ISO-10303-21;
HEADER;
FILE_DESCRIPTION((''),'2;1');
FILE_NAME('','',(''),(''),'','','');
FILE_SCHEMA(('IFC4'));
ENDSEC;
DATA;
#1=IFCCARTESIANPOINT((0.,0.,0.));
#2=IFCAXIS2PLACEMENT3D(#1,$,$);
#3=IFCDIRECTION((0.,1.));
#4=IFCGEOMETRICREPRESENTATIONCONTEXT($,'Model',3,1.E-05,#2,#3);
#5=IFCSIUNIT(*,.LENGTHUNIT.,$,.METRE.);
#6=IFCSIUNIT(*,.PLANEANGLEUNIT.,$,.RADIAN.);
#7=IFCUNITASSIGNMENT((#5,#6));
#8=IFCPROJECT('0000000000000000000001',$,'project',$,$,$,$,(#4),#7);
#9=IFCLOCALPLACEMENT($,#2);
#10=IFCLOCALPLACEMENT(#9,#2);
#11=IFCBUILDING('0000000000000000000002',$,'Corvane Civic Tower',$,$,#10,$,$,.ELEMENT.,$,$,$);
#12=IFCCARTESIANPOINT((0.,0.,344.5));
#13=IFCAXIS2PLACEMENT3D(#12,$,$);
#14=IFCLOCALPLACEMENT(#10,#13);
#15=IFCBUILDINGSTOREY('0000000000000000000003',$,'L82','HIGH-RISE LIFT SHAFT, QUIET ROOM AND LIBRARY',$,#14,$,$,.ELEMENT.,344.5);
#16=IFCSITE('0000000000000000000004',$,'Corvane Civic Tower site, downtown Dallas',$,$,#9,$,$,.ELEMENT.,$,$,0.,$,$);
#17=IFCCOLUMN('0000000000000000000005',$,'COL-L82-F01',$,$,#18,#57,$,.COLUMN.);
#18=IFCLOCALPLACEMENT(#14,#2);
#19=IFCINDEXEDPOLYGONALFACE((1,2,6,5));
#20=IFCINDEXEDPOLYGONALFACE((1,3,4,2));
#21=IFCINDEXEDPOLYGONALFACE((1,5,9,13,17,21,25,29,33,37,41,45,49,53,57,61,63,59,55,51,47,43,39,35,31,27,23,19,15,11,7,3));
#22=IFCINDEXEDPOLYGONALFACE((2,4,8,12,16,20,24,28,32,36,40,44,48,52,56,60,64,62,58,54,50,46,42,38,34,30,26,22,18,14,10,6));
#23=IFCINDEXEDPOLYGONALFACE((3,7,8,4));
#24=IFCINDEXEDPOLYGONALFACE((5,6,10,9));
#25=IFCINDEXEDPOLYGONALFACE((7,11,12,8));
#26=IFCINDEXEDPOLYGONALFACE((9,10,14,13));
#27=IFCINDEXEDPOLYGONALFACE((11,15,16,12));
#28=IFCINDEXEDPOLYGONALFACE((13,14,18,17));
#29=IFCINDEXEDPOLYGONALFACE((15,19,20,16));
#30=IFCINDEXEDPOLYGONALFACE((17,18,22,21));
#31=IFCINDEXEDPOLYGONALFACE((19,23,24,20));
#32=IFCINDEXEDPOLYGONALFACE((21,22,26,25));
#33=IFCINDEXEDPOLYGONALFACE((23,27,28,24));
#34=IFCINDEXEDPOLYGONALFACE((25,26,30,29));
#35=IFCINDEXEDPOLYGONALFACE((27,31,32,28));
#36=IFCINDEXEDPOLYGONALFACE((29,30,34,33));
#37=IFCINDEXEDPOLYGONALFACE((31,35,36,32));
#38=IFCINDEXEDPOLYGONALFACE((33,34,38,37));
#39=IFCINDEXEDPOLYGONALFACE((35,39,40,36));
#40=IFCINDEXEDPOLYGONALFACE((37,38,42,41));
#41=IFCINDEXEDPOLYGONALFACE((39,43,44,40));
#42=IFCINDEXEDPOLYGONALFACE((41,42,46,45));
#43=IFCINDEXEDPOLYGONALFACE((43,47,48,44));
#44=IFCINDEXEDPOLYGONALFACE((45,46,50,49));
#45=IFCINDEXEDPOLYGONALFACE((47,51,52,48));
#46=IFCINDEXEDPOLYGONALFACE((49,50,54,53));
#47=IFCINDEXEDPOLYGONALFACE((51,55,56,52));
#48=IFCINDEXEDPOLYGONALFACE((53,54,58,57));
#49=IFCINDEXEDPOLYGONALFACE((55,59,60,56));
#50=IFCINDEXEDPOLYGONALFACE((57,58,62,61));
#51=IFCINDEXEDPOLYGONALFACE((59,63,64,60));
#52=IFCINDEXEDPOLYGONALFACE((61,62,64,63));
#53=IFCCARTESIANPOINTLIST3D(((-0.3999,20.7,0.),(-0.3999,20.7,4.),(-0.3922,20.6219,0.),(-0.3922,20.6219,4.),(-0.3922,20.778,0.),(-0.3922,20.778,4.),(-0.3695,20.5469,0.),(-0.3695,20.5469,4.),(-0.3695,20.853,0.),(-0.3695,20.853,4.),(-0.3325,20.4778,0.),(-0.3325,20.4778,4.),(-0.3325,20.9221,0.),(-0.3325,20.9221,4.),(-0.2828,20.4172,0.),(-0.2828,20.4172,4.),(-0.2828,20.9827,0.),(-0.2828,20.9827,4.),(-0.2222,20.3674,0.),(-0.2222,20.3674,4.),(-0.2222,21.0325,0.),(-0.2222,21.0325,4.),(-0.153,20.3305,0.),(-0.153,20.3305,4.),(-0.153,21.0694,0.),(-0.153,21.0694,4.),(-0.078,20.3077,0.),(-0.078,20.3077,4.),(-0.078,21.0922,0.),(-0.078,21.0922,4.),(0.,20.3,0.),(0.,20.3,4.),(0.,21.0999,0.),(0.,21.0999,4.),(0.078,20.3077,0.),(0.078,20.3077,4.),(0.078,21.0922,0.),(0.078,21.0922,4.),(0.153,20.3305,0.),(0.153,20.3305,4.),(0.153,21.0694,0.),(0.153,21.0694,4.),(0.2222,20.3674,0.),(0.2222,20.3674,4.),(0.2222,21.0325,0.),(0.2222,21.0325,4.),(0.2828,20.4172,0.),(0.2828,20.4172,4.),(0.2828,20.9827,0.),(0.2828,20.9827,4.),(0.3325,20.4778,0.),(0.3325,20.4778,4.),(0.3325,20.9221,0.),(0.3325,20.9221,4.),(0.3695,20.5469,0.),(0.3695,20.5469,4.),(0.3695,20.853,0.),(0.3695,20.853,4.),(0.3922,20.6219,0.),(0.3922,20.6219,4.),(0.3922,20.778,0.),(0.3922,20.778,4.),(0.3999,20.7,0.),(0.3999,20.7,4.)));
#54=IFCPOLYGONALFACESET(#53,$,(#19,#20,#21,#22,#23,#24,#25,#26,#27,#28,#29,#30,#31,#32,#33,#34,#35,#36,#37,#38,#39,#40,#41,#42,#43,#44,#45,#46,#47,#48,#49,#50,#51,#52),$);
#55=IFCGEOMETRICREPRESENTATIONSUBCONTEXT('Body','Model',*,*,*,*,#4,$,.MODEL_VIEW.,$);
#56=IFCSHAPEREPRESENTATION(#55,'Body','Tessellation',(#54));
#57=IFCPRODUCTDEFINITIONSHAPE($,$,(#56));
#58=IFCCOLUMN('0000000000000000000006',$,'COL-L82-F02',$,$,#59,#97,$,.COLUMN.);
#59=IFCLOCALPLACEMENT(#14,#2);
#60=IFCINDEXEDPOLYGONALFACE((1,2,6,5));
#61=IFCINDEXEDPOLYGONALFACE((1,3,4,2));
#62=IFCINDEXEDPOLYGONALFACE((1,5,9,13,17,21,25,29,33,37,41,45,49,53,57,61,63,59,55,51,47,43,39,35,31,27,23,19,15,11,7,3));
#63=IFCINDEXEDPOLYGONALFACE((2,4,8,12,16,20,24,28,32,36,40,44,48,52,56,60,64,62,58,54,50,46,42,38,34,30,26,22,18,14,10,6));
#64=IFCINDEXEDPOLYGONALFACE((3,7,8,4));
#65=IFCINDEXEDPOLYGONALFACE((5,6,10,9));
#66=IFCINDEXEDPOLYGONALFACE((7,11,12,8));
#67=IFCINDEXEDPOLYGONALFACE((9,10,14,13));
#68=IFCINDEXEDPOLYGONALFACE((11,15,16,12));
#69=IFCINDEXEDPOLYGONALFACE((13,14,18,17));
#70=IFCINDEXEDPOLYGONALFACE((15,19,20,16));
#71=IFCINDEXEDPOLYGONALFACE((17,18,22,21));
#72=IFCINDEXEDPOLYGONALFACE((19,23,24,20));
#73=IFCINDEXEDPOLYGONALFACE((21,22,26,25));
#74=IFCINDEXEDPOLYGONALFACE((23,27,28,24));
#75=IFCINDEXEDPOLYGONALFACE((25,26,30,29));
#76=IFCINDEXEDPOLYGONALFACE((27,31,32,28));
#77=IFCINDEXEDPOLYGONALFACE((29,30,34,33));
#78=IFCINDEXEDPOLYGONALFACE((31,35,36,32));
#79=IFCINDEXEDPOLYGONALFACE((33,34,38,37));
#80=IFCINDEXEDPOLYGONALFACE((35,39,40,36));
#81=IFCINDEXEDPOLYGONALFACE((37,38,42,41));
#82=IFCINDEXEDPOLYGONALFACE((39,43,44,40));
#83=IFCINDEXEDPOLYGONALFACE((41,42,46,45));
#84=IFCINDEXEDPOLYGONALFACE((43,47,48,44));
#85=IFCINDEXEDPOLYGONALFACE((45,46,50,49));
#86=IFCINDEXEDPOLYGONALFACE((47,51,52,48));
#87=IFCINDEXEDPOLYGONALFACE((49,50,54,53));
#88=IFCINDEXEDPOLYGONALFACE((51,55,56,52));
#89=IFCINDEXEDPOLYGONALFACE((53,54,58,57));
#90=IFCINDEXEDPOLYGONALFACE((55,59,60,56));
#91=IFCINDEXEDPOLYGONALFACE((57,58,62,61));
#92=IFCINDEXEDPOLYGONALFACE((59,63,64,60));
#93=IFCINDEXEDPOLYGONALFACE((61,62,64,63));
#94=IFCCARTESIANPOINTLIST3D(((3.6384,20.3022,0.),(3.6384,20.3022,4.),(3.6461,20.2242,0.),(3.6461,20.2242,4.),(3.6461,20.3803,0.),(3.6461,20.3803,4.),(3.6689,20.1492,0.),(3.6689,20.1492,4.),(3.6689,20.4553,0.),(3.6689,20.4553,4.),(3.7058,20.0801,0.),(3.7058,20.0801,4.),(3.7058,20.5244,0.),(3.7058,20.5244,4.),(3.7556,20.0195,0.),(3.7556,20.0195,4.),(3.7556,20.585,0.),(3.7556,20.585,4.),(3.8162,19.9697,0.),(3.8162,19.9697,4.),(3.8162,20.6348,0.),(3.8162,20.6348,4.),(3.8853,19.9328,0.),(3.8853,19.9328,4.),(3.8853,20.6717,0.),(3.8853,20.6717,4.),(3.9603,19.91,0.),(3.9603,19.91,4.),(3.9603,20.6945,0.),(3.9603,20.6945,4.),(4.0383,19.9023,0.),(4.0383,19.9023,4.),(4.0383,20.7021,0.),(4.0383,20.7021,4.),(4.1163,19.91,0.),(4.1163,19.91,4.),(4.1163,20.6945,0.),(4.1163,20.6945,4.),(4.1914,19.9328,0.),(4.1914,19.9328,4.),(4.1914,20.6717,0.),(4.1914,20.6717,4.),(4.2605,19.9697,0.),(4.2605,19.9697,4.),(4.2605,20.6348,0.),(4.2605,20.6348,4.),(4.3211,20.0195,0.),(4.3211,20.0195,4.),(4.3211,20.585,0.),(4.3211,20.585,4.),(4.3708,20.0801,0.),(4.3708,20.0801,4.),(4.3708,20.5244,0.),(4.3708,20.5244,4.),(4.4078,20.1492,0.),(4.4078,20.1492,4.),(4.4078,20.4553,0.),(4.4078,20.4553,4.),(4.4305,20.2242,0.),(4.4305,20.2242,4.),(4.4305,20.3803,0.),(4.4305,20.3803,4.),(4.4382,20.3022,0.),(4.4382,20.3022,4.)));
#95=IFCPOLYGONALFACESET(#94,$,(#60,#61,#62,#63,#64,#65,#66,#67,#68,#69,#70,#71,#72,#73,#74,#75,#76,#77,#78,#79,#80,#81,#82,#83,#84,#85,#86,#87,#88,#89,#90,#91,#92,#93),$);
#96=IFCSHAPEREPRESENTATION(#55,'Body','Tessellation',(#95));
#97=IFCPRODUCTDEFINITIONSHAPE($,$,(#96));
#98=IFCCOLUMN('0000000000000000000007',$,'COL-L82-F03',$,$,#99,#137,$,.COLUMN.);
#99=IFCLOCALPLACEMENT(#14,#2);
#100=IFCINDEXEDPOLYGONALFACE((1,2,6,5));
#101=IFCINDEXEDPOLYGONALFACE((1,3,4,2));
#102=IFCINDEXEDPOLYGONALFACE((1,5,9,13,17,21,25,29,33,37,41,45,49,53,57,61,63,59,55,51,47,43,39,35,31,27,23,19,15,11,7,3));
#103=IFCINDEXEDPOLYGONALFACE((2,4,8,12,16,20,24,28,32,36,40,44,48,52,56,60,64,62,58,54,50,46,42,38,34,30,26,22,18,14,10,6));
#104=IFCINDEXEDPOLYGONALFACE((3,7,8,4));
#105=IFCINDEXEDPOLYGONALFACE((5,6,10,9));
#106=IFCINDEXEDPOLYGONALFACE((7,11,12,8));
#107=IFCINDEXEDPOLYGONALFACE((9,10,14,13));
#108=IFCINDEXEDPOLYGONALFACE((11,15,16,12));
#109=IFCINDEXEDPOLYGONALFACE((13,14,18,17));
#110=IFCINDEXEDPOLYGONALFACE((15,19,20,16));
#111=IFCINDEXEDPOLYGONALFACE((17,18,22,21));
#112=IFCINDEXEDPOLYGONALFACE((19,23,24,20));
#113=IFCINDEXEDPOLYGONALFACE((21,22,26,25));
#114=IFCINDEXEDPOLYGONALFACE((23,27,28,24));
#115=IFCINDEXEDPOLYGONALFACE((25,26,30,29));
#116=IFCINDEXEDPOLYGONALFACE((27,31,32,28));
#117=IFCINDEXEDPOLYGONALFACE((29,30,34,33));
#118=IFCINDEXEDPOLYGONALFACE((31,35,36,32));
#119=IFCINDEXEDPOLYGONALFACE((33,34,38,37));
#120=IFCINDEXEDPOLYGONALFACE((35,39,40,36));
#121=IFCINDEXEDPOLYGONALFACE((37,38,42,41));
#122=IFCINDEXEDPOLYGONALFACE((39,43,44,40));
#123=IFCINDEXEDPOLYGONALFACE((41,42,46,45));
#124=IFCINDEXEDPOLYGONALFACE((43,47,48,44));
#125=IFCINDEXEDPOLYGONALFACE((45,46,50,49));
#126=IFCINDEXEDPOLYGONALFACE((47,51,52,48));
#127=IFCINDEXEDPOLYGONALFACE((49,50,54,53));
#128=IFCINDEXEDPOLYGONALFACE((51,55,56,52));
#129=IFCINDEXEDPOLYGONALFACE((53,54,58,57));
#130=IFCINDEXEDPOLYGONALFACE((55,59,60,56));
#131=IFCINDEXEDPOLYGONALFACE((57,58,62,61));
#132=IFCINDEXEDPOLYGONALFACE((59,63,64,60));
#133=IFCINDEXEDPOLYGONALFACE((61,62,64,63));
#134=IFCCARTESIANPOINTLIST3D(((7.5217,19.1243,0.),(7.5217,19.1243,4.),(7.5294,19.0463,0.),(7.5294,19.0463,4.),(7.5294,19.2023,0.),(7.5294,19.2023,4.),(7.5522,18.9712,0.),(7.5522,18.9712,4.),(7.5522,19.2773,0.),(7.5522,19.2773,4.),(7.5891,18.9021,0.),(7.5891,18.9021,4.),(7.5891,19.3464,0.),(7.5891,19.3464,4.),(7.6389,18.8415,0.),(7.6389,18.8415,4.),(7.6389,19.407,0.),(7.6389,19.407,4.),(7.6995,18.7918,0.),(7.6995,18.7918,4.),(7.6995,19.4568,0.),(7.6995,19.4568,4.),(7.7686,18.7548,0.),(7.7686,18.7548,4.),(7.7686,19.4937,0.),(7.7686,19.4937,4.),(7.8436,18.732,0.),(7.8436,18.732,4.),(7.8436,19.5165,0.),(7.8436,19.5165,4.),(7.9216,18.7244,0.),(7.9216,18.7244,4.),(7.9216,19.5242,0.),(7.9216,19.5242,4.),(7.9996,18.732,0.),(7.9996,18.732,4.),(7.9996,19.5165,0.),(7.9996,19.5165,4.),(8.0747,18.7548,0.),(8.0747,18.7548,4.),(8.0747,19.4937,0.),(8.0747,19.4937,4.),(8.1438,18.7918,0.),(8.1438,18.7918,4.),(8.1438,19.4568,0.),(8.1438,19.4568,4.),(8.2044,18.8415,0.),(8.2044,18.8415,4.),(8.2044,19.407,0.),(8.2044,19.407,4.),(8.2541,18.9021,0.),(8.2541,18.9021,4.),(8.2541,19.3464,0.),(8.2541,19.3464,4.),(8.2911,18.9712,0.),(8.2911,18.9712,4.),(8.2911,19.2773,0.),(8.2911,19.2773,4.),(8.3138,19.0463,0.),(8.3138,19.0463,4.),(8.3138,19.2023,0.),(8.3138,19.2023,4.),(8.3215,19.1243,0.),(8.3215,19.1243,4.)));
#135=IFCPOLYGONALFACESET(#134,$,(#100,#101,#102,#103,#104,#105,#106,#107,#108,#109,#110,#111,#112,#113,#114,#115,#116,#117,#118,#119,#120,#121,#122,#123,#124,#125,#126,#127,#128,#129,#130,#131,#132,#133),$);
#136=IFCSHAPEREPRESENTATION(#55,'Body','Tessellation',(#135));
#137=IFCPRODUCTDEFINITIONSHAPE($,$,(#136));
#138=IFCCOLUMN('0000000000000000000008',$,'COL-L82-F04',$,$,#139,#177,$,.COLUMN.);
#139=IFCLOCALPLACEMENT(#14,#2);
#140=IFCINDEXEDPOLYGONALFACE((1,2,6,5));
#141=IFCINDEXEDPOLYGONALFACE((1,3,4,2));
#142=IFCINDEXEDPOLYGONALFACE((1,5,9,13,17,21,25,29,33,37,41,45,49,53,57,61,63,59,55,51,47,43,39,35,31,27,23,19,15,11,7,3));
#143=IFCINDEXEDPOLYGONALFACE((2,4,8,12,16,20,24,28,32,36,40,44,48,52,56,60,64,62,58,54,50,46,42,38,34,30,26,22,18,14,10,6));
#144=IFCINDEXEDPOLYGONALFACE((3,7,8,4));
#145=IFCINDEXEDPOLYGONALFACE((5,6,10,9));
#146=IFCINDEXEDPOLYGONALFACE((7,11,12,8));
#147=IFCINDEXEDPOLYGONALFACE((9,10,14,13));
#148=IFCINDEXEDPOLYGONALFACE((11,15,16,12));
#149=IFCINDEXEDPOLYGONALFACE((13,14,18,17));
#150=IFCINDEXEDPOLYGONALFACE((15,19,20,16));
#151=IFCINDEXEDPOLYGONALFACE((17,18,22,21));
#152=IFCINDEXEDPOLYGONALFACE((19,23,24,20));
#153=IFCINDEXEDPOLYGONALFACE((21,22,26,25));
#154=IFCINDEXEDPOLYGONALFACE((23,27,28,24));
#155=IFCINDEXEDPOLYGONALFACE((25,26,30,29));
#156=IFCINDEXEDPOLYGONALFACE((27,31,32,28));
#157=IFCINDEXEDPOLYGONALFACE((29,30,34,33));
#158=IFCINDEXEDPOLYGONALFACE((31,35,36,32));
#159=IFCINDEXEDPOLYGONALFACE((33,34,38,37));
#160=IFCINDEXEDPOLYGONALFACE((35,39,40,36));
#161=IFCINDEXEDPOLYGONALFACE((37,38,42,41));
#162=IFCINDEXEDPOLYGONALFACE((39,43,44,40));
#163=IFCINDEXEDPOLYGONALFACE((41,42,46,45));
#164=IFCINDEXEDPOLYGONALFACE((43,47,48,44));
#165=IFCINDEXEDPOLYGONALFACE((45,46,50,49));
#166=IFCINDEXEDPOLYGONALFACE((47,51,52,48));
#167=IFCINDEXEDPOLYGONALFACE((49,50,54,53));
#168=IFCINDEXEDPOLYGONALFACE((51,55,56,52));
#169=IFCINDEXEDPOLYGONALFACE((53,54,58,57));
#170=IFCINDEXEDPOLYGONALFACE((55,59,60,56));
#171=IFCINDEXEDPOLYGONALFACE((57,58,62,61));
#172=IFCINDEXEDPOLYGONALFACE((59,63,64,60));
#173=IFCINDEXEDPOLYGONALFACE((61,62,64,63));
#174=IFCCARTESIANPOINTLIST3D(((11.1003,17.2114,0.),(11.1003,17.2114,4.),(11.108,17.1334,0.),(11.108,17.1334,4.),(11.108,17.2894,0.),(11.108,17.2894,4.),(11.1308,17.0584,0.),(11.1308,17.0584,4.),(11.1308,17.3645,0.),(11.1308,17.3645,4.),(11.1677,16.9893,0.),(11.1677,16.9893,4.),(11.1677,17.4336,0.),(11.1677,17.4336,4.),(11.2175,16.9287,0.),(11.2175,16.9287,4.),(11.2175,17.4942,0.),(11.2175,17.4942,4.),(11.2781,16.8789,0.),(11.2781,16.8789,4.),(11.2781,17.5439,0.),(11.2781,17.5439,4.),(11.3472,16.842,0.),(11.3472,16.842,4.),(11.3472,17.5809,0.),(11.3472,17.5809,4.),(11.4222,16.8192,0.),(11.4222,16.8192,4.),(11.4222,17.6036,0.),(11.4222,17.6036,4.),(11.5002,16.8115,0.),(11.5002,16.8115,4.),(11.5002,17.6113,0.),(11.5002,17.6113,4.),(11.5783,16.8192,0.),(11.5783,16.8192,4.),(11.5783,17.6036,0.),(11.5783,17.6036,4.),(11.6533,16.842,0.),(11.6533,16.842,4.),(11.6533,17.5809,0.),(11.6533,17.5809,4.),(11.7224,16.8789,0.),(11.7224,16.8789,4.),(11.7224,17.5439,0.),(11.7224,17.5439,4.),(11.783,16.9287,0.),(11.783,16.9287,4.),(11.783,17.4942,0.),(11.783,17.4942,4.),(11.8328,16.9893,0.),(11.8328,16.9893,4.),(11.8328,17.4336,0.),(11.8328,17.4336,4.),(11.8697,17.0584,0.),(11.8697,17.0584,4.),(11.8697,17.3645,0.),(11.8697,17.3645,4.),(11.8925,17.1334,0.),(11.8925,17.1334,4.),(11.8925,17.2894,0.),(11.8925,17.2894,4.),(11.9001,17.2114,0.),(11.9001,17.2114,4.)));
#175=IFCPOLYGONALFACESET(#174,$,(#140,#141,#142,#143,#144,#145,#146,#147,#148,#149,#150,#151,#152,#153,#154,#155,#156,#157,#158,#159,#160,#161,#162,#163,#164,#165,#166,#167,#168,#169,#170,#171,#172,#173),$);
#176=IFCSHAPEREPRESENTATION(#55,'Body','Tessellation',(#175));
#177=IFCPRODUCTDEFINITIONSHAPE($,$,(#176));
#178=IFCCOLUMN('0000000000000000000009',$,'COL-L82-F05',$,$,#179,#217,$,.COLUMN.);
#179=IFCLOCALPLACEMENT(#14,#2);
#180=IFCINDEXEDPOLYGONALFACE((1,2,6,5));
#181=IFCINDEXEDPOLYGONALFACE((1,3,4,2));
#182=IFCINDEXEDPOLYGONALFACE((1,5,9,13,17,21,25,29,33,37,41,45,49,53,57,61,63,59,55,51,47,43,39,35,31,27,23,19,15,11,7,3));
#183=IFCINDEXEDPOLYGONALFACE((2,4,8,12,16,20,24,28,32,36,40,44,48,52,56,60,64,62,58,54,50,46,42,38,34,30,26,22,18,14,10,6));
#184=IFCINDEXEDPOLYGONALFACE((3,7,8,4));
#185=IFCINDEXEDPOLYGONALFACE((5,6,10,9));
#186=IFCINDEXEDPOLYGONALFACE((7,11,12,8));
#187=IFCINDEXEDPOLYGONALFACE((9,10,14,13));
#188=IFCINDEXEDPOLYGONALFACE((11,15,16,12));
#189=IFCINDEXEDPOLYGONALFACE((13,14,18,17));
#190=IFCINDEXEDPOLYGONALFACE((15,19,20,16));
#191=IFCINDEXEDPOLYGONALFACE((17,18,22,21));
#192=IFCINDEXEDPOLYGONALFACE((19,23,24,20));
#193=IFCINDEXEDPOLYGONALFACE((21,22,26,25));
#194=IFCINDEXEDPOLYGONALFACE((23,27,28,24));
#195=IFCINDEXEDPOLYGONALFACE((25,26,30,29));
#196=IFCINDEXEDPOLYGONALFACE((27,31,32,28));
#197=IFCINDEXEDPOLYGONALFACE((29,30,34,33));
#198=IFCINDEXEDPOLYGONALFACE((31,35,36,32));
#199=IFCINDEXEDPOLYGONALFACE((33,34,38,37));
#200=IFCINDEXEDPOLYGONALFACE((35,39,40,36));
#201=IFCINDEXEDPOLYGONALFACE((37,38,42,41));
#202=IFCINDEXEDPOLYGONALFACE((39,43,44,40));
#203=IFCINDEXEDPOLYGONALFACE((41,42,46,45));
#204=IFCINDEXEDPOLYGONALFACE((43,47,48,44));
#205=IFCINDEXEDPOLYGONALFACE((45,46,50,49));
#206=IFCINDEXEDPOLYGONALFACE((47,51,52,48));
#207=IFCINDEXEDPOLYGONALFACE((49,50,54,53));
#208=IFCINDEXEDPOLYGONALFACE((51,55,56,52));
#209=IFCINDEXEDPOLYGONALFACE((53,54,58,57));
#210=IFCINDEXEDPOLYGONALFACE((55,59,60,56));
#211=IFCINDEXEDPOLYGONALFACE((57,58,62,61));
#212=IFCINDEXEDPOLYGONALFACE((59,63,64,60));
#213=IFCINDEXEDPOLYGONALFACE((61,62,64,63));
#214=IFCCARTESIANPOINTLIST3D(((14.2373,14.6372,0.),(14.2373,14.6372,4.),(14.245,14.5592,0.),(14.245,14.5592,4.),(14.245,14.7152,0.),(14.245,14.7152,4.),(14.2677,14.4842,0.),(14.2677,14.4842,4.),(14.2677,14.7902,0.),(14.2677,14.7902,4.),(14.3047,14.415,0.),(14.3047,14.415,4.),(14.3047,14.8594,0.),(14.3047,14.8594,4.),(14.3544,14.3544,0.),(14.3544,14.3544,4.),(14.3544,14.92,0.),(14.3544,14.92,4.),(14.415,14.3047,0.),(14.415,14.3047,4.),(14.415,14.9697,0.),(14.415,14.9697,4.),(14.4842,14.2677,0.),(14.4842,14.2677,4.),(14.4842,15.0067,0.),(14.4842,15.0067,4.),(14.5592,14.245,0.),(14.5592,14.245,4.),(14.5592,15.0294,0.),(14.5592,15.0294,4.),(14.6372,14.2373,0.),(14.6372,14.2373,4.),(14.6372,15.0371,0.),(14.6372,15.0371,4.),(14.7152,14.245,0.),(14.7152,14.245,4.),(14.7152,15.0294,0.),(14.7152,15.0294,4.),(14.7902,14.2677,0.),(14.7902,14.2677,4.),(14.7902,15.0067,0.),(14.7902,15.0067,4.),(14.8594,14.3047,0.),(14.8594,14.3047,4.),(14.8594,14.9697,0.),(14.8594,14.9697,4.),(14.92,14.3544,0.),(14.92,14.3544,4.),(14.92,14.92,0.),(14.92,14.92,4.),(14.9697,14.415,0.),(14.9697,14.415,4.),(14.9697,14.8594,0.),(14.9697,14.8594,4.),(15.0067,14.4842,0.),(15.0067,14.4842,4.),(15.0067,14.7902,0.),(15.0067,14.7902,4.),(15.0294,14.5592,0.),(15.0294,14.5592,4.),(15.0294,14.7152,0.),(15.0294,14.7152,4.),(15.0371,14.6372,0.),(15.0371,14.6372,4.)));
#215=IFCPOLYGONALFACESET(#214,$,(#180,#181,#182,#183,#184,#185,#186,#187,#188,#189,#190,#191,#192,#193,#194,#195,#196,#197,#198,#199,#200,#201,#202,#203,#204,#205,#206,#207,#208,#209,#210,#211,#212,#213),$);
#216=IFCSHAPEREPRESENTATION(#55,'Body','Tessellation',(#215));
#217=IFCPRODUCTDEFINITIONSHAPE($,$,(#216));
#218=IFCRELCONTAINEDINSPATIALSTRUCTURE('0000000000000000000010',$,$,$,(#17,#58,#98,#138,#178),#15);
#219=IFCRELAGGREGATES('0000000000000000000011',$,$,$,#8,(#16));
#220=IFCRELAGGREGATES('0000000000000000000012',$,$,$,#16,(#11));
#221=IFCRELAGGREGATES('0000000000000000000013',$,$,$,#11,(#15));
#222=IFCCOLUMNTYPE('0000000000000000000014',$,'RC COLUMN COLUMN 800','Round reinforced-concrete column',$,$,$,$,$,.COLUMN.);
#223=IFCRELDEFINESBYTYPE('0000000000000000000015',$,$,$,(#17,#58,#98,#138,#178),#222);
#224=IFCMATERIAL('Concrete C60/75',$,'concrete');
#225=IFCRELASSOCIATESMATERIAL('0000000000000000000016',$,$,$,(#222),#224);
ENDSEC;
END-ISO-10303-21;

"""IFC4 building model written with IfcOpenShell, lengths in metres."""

from ifc_helpers import new_model, si_unit, direction, frame, origin, origin_2d, place, context, subcontext, project, spatial, circle, extrude, material, material_profile, profile_set, type_object, element, save


model = new_model("IFC4")

# Units and contexts
model_context = context("Model", 3, precision=1e-05, world=origin(), true_north=direction((0.0, 1.0)))
body_context = subcontext(model_context, "Body", "Model", "MODEL_VIEW")
ifc_project = project(units=[si_unit("LENGTHUNIT", "METRE"), si_unit("PLANEANGLEUNIT", "RADIAN")], contexts=[model_context])

# Site, building, storey
site_placement = place(None, origin())
site = spatial("IfcSite", under=ifc_project, at=site_placement, Name="Corvane Civic Tower site, downtown Dallas", CompositionType="ELEMENT", RefElevation=0.0)
building_placement = place(site_placement, origin())
building = spatial("IfcBuilding", under=site, at=building_placement, Name="Corvane Civic Tower", CompositionType="ELEMENT")
storey_placement = place(building_placement, frame((0.0, 0.0, 344.5)))
storey = spatial("IfcBuildingStorey", under=building, at=storey_placement, Name="L82", Description="HIGH-RISE LIFT SHAFT, QUIET ROOM AND LIBRARY", CompositionType="ELEMENT", Elevation=344.5)

# Columns
ifc_material_1 = material(Name="Concrete C60/75", Category="concrete")
ifc_material_profile_1 = material_profile(ifc_material_1, circle(Radius=0.3999, at=origin_2d()), Name="COLUMN 800")
ifc_profile_set_1 = profile_set([ifc_material_profile_1], Name="Concrete C60/75")
column_type = type_object("IfcColumnType", Name="RC COLUMN COLUMN 800", Description="Round reinforced-concrete column", PredefinedType="COLUMN", material=ifc_profile_set_1)
for number, where, z_axis, x_axis, name in (
    (1, (0.0, 20.7, 0.0), (0.0, 0.0, 1.0), (1.0, 0.0, 0.0), "COL-L82-F01"),
    (2, (4.0383, 20.3022, 0.0), (0.0, 0.0, 1.0), (1.0, 0.0, 0.0), "COL-L82-F02"),
    (3, (7.9216, 19.1243, 0.0), (0.0, 0.0, 1.0), (1.0, 0.0, 0.0), "COL-L82-F03"),
    (4, (11.5002, 17.2114, 0.0), (0.0, 0.0, 1.0), (1.0, 0.0, 0.0), "COL-L82-F04"),
    (5, (14.6372, 14.6372, 0.0), (0.0, 0.0, 1.0), (1.0, 0.0, 0.0), "COL-L82-F05"),
):
    element("IfcColumn", number, at=place(storey_placement, frame(where, z_axis=z_axis, x_axis=x_axis)), inside=storey, type_object=column_type, Name=name, PredefinedType="COLUMN", context=body_context, shape_type="SweptSolid", body=[
        extrude(circle(Radius=0.3999, at=origin_2d()), origin(), (0.0, 0.0, 1.0), 4.0),
    ])

save(model, "model.ifc")
